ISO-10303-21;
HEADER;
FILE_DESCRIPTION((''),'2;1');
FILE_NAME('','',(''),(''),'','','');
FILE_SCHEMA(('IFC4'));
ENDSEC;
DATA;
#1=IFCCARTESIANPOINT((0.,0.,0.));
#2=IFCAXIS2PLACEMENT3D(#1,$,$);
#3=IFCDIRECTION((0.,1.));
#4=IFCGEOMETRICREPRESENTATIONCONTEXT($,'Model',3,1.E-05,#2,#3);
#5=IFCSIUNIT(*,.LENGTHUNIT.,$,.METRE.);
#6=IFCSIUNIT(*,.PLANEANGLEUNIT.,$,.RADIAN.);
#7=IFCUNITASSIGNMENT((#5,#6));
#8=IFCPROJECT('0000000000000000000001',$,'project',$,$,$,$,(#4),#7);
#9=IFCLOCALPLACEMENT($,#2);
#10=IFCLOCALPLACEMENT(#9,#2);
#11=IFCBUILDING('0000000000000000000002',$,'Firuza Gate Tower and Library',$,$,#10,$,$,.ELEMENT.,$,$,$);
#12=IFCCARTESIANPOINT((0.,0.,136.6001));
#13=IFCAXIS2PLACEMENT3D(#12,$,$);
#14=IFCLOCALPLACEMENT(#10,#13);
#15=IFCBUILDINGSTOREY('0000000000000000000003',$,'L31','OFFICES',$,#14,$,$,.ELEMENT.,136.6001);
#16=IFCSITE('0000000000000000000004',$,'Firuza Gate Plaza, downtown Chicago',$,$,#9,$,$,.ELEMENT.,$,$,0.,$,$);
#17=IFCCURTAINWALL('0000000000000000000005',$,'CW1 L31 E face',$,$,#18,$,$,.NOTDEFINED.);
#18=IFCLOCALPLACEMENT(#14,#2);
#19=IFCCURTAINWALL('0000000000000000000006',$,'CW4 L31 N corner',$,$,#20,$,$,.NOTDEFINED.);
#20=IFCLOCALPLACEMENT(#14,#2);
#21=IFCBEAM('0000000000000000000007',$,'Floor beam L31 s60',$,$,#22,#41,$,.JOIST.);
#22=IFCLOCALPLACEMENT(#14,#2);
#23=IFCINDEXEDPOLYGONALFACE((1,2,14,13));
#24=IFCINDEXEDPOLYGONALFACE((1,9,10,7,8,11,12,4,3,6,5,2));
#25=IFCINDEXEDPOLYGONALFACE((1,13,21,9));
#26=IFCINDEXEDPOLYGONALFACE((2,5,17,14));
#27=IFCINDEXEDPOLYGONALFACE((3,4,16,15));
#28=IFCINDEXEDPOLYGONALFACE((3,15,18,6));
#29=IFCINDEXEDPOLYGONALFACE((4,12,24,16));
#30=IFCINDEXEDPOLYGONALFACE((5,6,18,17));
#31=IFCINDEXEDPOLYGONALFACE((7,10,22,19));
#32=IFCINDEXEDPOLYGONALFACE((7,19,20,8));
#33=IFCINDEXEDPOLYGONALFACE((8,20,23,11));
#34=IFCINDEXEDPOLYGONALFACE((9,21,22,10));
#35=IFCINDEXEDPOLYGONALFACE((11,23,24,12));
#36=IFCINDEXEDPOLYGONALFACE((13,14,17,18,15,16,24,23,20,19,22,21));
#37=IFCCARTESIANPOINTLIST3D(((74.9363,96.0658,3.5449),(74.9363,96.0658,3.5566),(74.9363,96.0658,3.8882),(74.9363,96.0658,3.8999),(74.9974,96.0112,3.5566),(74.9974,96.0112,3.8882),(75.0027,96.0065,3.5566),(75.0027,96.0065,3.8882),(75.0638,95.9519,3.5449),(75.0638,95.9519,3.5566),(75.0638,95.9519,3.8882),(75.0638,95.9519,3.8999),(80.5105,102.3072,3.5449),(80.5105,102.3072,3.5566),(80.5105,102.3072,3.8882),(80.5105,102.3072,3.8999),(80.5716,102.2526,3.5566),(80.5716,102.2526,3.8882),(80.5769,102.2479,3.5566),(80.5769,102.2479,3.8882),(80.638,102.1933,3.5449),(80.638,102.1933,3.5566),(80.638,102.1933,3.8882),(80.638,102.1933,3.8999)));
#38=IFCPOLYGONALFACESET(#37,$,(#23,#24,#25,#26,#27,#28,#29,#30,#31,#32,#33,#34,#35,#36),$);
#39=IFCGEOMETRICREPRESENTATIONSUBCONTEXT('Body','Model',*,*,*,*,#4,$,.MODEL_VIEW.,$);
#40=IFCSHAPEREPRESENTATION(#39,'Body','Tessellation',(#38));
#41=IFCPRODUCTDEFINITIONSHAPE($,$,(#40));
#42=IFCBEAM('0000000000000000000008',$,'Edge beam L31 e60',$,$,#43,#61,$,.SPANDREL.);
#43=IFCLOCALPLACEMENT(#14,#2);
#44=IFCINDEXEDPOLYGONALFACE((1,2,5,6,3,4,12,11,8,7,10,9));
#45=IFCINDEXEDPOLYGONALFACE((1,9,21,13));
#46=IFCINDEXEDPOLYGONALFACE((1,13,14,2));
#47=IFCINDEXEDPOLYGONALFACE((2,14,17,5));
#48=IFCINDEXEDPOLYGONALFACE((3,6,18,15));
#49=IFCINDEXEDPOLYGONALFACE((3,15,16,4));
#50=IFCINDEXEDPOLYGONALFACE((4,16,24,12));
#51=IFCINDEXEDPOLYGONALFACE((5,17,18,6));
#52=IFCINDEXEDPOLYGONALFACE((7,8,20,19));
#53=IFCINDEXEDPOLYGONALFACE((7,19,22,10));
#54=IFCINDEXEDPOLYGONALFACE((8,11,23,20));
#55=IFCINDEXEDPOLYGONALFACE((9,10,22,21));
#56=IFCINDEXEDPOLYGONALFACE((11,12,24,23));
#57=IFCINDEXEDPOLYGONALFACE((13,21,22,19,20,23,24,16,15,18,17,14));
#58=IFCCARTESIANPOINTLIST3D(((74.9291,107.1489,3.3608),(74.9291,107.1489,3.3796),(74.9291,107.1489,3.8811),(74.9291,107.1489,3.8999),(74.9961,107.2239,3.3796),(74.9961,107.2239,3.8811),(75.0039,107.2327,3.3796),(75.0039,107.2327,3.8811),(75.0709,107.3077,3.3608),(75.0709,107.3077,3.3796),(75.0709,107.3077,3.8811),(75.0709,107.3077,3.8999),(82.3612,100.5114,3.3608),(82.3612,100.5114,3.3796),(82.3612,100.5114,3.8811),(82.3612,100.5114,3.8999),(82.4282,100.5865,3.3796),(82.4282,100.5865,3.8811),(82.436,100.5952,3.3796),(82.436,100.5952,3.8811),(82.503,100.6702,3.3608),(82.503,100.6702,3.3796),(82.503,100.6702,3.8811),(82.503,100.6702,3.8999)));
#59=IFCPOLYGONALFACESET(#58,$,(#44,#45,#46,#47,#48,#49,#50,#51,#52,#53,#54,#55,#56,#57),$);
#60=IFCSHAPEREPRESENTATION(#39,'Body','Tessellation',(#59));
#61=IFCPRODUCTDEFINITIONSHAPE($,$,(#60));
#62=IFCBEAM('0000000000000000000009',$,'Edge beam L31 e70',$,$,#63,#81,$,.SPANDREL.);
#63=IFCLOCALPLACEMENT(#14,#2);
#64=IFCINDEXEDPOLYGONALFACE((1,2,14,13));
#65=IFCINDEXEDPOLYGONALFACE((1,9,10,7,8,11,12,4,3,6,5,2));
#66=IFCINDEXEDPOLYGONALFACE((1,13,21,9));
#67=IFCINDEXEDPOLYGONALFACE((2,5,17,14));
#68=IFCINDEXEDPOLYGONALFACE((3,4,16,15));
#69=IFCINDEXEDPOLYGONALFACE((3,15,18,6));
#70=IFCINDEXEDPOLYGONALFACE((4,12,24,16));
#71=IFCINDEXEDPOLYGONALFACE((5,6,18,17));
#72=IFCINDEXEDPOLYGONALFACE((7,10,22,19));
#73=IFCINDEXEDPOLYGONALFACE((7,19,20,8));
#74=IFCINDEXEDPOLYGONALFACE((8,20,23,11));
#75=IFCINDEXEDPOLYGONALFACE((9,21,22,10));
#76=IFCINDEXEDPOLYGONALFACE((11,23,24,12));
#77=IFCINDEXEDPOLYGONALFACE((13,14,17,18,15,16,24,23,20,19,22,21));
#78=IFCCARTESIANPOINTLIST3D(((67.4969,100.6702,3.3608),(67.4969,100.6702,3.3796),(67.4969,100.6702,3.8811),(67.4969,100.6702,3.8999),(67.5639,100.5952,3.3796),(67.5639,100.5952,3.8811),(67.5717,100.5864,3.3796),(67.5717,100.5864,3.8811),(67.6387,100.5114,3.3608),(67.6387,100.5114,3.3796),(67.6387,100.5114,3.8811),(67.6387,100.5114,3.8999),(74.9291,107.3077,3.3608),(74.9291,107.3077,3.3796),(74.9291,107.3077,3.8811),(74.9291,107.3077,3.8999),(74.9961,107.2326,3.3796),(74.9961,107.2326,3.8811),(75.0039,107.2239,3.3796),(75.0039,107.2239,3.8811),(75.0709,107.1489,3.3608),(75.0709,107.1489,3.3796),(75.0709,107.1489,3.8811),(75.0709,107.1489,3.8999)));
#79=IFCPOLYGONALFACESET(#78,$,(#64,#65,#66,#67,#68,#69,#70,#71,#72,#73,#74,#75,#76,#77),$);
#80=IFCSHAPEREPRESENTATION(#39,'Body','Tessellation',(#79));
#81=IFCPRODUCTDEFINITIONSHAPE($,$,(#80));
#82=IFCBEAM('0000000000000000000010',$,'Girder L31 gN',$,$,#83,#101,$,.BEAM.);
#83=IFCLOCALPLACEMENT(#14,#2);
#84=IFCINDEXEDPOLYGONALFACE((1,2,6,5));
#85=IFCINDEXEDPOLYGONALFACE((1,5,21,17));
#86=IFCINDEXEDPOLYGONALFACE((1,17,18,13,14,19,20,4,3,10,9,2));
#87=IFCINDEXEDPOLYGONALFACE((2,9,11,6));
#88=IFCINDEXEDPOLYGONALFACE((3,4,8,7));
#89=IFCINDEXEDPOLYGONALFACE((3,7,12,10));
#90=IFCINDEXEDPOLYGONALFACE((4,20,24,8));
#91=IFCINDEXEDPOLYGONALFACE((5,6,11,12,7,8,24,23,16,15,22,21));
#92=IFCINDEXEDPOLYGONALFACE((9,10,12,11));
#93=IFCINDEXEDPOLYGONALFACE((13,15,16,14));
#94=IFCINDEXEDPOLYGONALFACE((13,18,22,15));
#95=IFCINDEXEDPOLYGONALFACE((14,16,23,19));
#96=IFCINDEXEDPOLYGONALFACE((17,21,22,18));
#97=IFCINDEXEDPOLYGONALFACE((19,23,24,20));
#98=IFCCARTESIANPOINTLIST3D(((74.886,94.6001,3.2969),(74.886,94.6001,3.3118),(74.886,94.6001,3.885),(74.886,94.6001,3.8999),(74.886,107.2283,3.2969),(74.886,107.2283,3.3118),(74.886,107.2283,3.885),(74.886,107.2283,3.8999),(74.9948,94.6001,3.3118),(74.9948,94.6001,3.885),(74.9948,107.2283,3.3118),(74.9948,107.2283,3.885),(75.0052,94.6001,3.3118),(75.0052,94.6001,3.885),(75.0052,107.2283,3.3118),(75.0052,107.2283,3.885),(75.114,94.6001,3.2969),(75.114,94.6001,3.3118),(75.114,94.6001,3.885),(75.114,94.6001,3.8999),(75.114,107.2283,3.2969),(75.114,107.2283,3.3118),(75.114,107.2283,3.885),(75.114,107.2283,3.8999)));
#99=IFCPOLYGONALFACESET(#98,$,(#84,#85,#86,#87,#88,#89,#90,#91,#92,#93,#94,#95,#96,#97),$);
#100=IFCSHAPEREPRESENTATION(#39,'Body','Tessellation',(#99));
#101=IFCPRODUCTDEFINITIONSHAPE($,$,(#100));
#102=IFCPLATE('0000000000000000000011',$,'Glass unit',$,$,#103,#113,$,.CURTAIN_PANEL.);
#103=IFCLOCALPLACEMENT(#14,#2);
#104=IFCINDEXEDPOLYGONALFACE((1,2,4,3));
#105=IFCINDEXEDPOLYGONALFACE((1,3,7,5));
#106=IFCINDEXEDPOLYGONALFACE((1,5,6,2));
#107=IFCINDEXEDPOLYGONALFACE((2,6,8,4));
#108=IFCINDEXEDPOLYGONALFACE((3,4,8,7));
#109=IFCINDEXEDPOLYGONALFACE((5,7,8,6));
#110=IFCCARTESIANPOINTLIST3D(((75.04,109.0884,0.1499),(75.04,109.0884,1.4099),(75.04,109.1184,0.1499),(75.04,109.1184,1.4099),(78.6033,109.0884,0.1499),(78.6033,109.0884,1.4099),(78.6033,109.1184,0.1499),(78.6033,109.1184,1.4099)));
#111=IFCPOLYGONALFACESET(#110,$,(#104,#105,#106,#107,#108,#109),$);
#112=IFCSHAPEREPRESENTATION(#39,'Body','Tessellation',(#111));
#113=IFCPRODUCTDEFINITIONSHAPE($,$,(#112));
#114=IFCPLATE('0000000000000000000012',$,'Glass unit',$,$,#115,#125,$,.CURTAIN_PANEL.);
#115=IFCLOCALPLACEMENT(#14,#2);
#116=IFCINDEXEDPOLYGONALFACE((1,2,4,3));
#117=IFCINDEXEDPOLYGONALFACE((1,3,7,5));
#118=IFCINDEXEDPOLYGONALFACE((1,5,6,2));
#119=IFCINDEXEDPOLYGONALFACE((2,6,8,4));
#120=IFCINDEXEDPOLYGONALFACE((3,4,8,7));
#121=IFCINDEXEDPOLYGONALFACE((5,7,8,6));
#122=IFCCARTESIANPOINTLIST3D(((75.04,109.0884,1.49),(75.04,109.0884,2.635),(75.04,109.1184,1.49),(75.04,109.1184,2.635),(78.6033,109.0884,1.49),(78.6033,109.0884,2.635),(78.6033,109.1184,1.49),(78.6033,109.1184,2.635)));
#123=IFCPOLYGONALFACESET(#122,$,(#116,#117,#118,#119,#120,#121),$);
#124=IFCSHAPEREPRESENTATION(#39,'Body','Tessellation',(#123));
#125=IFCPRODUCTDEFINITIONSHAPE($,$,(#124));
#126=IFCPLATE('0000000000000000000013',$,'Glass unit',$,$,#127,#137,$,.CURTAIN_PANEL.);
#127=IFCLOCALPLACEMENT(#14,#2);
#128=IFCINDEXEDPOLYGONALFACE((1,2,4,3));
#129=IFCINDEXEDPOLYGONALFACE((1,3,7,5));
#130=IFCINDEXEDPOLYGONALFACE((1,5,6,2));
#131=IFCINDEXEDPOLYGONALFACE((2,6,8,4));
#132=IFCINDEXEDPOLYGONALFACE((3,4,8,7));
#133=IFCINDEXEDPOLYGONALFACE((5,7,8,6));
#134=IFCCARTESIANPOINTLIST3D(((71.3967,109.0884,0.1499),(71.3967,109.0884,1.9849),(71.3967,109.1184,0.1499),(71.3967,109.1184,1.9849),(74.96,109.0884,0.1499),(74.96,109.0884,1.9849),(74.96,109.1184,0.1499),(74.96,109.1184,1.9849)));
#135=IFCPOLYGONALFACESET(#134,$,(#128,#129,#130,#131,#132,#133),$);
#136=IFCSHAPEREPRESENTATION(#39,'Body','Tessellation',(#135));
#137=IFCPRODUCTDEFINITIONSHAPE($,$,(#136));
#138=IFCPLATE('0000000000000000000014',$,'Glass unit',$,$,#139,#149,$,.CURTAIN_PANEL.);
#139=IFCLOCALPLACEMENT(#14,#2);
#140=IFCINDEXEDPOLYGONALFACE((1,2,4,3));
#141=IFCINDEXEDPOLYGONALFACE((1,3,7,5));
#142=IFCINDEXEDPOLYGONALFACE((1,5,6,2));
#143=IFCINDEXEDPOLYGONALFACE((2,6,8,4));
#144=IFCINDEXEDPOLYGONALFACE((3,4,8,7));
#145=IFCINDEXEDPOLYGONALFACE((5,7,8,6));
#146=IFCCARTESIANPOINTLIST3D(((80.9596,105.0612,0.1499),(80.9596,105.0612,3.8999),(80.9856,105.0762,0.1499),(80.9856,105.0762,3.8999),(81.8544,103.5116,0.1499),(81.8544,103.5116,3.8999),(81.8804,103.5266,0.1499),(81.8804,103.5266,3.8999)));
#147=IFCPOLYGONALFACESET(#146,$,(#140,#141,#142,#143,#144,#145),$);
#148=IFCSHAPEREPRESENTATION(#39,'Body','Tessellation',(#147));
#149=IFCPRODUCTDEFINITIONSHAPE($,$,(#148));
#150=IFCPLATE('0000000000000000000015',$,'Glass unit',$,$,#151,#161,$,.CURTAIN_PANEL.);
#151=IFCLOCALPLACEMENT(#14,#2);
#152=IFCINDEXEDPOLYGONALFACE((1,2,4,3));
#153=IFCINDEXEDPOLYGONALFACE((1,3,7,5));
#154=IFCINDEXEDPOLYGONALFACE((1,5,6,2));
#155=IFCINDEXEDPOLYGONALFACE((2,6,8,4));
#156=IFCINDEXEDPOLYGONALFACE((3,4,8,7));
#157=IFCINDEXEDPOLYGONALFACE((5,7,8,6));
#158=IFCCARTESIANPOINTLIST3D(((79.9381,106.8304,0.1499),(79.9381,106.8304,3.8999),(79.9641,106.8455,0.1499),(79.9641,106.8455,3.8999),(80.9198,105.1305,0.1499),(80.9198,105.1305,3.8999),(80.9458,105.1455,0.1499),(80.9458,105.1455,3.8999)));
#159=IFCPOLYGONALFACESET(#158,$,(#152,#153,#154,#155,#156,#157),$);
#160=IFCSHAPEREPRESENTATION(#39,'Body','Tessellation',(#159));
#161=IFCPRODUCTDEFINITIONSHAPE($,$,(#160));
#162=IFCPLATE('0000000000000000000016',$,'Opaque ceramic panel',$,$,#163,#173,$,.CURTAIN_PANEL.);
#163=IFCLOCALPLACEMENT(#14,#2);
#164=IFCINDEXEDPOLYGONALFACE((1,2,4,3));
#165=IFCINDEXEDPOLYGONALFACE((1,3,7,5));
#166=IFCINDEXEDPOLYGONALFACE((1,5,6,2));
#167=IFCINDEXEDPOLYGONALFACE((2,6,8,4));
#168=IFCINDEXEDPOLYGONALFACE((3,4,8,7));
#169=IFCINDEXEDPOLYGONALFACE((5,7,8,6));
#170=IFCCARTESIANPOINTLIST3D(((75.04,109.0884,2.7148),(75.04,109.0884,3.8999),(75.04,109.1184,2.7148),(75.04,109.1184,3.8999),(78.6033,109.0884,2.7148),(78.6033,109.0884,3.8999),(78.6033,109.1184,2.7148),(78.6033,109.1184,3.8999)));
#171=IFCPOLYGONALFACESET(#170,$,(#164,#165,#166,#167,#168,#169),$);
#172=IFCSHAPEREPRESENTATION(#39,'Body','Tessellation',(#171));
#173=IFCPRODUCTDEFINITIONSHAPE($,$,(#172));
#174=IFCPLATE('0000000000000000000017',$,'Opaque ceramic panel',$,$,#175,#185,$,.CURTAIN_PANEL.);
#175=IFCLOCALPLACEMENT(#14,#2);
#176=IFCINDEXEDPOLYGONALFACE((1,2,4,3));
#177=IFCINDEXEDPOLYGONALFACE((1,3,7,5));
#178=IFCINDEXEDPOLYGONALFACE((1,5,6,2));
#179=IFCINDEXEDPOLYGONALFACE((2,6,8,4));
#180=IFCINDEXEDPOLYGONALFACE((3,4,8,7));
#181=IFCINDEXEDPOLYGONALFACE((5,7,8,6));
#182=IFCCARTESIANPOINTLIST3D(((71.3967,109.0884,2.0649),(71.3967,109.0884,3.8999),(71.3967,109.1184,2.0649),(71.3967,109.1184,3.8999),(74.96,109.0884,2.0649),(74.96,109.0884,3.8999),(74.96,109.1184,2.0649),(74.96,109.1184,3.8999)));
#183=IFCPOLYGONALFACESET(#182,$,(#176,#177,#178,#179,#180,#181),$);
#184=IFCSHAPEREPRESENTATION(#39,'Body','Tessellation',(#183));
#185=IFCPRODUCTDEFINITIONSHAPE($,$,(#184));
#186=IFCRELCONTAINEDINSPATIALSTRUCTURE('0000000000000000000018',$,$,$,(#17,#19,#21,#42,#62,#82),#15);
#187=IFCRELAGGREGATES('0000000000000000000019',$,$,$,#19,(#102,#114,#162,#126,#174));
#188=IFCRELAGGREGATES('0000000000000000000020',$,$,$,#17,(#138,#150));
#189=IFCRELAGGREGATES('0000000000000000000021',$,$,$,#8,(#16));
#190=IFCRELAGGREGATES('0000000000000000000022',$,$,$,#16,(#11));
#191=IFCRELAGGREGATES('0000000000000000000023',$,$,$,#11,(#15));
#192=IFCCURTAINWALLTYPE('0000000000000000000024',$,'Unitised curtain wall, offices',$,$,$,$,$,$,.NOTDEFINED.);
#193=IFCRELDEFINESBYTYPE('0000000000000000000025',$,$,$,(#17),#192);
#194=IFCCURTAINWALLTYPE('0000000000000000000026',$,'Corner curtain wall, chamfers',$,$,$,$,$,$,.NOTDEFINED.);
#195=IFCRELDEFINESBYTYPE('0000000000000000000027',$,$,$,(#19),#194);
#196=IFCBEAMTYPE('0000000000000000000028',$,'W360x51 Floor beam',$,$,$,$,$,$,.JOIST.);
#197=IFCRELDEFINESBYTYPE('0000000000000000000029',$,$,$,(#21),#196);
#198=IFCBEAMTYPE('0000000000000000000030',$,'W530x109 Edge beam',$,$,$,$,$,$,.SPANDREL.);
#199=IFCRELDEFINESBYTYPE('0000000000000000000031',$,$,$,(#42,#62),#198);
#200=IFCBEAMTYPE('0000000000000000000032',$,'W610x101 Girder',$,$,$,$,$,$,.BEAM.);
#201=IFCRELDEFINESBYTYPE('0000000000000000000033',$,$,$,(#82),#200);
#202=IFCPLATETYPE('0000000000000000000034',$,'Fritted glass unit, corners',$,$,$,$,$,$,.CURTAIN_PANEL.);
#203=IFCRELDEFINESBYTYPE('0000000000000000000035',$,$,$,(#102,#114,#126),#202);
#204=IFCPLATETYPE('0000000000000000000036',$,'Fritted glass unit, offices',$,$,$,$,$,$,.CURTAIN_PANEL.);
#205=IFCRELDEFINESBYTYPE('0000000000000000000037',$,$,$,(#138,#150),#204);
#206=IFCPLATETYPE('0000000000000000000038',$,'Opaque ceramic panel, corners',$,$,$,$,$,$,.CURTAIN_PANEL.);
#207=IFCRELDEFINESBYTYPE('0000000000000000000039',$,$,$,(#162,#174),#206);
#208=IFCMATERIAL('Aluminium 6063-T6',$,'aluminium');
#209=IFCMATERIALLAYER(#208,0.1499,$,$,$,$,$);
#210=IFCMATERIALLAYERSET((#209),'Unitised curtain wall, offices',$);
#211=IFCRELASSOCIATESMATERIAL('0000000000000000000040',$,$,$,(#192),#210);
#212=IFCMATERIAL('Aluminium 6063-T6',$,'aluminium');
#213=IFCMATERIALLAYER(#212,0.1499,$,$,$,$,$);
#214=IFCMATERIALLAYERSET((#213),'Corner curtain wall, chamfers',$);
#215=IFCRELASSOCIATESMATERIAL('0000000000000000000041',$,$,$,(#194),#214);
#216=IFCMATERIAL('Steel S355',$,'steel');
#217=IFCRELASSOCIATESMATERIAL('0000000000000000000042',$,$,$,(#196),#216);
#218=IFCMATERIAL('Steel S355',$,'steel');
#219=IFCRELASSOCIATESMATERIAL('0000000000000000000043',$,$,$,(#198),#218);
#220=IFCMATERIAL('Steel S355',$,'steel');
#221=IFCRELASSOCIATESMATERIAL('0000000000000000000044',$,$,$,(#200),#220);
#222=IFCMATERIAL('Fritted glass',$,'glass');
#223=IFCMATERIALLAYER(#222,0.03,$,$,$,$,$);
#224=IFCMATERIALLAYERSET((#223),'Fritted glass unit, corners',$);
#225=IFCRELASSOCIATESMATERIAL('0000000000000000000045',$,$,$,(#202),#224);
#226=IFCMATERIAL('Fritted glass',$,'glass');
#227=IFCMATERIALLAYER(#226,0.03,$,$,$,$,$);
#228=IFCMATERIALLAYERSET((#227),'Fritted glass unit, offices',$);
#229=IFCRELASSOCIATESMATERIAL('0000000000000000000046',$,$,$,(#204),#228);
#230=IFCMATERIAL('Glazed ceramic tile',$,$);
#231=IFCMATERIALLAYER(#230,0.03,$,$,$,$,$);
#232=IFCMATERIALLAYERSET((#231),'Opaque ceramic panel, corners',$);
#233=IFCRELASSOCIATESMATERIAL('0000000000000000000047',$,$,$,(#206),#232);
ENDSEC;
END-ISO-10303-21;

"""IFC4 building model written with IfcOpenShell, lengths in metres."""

from ifc_helpers import new_model, si_unit, direction, frame, origin, origin_2d, place, context, subcontext, project, spatial, polyline, i_section, outline, extrude, material, layer, layer_set, material_profile, profile_set, type_object, element, aggregate, save


model = new_model("IFC4")

# Units and contexts
model_context = context("Model", 3, precision=1e-05, world=origin(), true_north=direction((0.0, 1.0)))
body_context = subcontext(model_context, "Body", "Model", "MODEL_VIEW")
ifc_project = project(units=[si_unit("LENGTHUNIT", "METRE"), si_unit("PLANEANGLEUNIT", "RADIAN")], contexts=[model_context])

# Site, building, storey
site_placement = place(None, origin())
site = spatial("IfcSite", under=ifc_project, at=site_placement, Name="Firuza Gate Plaza, downtown Chicago", CompositionType="ELEMENT", RefElevation=0.0)
building_placement = place(site_placement, origin())
building = spatial("IfcBuilding", under=site, at=building_placement, Name="Firuza Gate Tower and Library", CompositionType="ELEMENT")
storey_placement = place(building_placement, frame((0.0, 0.0, 136.6001)))
storey = spatial("IfcBuildingStorey", under=building, at=storey_placement, Name="L31", Description="OFFICES", CompositionType="ELEMENT", Elevation=136.6001)

# Curtain walls
ifc_material_1 = material(Name="Aluminium 6063-T6", Category="aluminium")
ifc_layer_1 = layer(ifc_material_1, 0.1499)
ifc_layer_set_1 = layer_set([ifc_layer_1], Name="Unitised curtain wall, offices")
curtain_wall_type_1 = type_object("IfcCurtainWallType", Name="Unitised curtain wall, offices", PredefinedType="NOTDEFINED", material=ifc_layer_set_1)
placement = place(storey_placement, origin())
curtain_wall_1 = element("IfcCurtainWall", 1, at=placement, inside=storey, type_object=curtain_wall_type_1, Name="CW1 L31 E face", PredefinedType="NOTDEFINED")
ifc_material_2 = material(Name="Aluminium 6063-T6", Category="aluminium")
ifc_layer_2 = layer(ifc_material_2, 0.1499)
ifc_layer_set_2 = layer_set([ifc_layer_2], Name="Corner curtain wall, chamfers")
curtain_wall_type_2 = type_object("IfcCurtainWallType", Name="Corner curtain wall, chamfers", PredefinedType="NOTDEFINED", material=ifc_layer_set_2)
curtain_wall_2 = element("IfcCurtainWall", 2, at=placement, inside=storey, type_object=curtain_wall_type_2, Name="CW4 L31 N corner", PredefinedType="NOTDEFINED")

# Beams
ifc_material_3 = material(Name="Steel S355", Category="steel")
ifc_material_profile_1 = material_profile(ifc_material_3, i_section(OverallWidth=0.1709, OverallDepth=0.355, WebThickness=0.0071, FlangeThickness=0.0117, at=origin_2d()))
ifc_profile_set_1 = profile_set([ifc_material_profile_1], Name="Steel S355")
beam_type_1 = type_object("IfcBeamType", Name="W360x51 Floor beam", PredefinedType="JOIST", material=ifc_profile_set_1)
beam_1_placement = place(storey_placement, frame((80.5742, 102.2502, 3.7224), z_axis=(-0.666115, -0.745849, 0.0), x_axis=(0.745849, -0.666115, 0.0)))
element("IfcBeam", 3, at=beam_1_placement, inside=storey, type_object=beam_type_1, Name="Floor beam L31 s60", PredefinedType="JOIST", context=body_context, shape_type="SweptSolid", body=[
    extrude(i_section(OverallWidth=0.1709, OverallDepth=0.355, WebThickness=0.0071, FlangeThickness=0.0117, at=origin_2d()), origin(), (0.0, 0.0, 1.0), 8.3682),
])
ifc_material_4 = material(Name="Steel S355", Category="steel")
ifc_material_profile_2 = material_profile(ifc_material_4, i_section(OverallWidth=0.2129, OverallDepth=0.5391, WebThickness=0.0117, FlangeThickness=0.0188, at=origin_2d()))
ifc_profile_set_2 = profile_set([ifc_material_profile_2], Name="Steel S355")
beam_type_2 = type_object("IfcBeamType", Name="W530x109 Edge beam", PredefinedType="SPANDREL", material=ifc_profile_set_2)
for number, where, z_axis, x_axis, name in (
    (4, (82.4321, 100.5908, 3.6304), (-0.745857, 0.666106, 0.0), (-0.666106, -0.745857, 0.0), "Edge beam L31 e60"),
    (5, (75.0, 107.2283, 3.6304), (-0.745857, -0.666106, 0.0), (0.666106, -0.745857, 0.0), "Edge beam L31 e70"),
):
    element("IfcBeam", number, at=place(storey_placement, frame(where, z_axis=z_axis, x_axis=x_axis)), inside=storey, type_object=beam_type_2, Name=name, PredefinedType="SPANDREL", context=body_context, shape_type="SweptSolid", body=[
        extrude(i_section(OverallWidth=0.2129, OverallDepth=0.5391, WebThickness=0.0117, FlangeThickness=0.0188, at=origin_2d()), origin(), (0.0, 0.0, 1.0), 9.9646),
    ])
ifc_material_5 = material(Name="Steel S355", Category="steel")
ifc_material_profile_3 = material_profile(ifc_material_5, i_section(OverallWidth=0.228, OverallDepth=0.603, WebThickness=0.0105, FlangeThickness=0.0149, at=origin_2d()))
ifc_profile_set_3 = profile_set([ifc_material_profile_3], Name="Steel S355")
beam_type_3 = type_object("IfcBeamType", Name="W610x101 Girder", PredefinedType="BEAM", material=ifc_profile_set_3)
beam_2_placement = place(storey_placement, frame((75.0, 107.2283, 3.5984), z_axis=(0.0, -1.0, 0.0), x_axis=(1.0, 0.0, 0.0)))
element("IfcBeam", 6, at=beam_2_placement, inside=storey, type_object=beam_type_3, Name="Girder L31 gN", PredefinedType="BEAM", context=body_context, shape_type="SweptSolid", body=[
    extrude(i_section(OverallWidth=0.228, OverallDepth=0.603, WebThickness=0.0105, FlangeThickness=0.0149, at=origin_2d()), origin(), (0.0, 0.0, 1.0), 12.6282),
])

# Plates
ifc_material_6 = material(Name="Fritted glass", Category="glass")
ifc_layer_3 = layer(ifc_material_6, 0.03)
ifc_layer_set_3 = layer_set([ifc_layer_3], Name="Fritted glass unit, corners")
plate_type_1 = type_object("IfcPlateType", Name="Fritted glass unit, corners", PredefinedType="CURTAIN_PANEL", material=ifc_layer_set_3)
plate_1_placement = place(storey_placement, frame((78.6033, 109.1184, 0.1499), z_axis=(0.0, 1.0, 0.0), x_axis=(-1.0, 0.0, 0.0)))
plate_1 = element("IfcPlate", 7, at=plate_1_placement, type_object=plate_type_1, Name="Glass unit", PredefinedType="CURTAIN_PANEL", context=body_context, shape_type="SweptSolid", body=[
    extrude(outline(polyline([(0.0, 0.0), (3.5632, 0.0), (3.5632, 1.26), (0.0, 1.26), (0.0, 0.0)])), origin(), (0.0, 0.0, -1.0), 0.03),
])
plate_2_placement = place(storey_placement, frame((78.6033, 109.1184, 1.49), z_axis=(0.0, 1.0, 0.0), x_axis=(-1.0, 0.0, 0.0)))
plate_2 = element("IfcPlate", 8, at=plate_2_placement, type_object=plate_type_1, Name="Glass unit", PredefinedType="CURTAIN_PANEL", context=body_context, shape_type="SweptSolid", body=[
    extrude(outline(polyline([(0.0, 0.0), (3.5632, 0.0), (3.5632, 1.145), (0.0, 1.145), (0.0, 0.0)])), origin(), (0.0, 0.0, -1.0), 0.03),
])
plate_3_placement = place(storey_placement, frame((74.96, 109.1184, 0.1499), z_axis=(0.0, 1.0, 0.0), x_axis=(-1.0, 0.0, 0.0)))
plate_3 = element("IfcPlate", 9, at=plate_3_placement, type_object=plate_type_1, Name="Glass unit", PredefinedType="CURTAIN_PANEL", context=body_context, shape_type="SweptSolid", body=[
    extrude(outline(polyline([(0.0, 0.0), (3.5632, 0.0), (3.5632, 1.835), (0.0, 1.835), (0.0, 0.0)])), origin(), (0.0, 0.0, -1.0), 0.03),
])
ifc_material_7 = material(Name="Fritted glass", Category="glass")
ifc_layer_4 = layer(ifc_material_7, 0.03)
ifc_layer_set_4 = layer_set([ifc_layer_4], Name="Fritted glass unit, offices")
plate_type_2 = type_object("IfcPlateType", Name="Fritted glass unit, offices", PredefinedType="CURTAIN_PANEL", material=ifc_layer_set_4)
plate_4_placement = place(storey_placement, frame((81.8804, 103.5266, 0.1499), z_axis=(0.865992, 0.500057, 0.0), x_axis=(-0.500057, 0.865992, 0.0)))
plate_4 = element("IfcPlate", 10, at=plate_4_placement, type_object=plate_type_2, Name="Glass unit", PredefinedType="CURTAIN_PANEL", context=body_context, shape_type="SweptSolid", body=[
    extrude(outline(polyline([(0.0, 0.0), (1.7893, 0.0), (1.7893, 3.75), (0.0, 3.75), (0.0, 0.0)])), origin(), (0.0, 0.0, -1.0), 0.03),
])
plate_5_placement = place(storey_placement, frame((80.9458, 105.1455, 0.1499), z_axis=(0.865976, 0.500085, 0.0), x_axis=(-0.500085, 0.865976, 0.0)))
plate_5 = element("IfcPlate", 11, at=plate_5_placement, type_object=plate_type_2, Name="Glass unit", PredefinedType="CURTAIN_PANEL", context=body_context, shape_type="SweptSolid", body=[
    extrude(outline(polyline([(0.0, 0.0), (1.963, 0.0), (1.963, 3.75), (0.0, 3.75), (0.0, 0.0)])), origin(), (0.0, 0.0, -1.0), 0.03),
])
ifc_material_8 = material(Name="Glazed ceramic tile")
ifc_layer_5 = layer(ifc_material_8, 0.03)
ifc_layer_set_5 = layer_set([ifc_layer_5], Name="Opaque ceramic panel, corners")
plate_type_3 = type_object("IfcPlateType", Name="Opaque ceramic panel, corners", PredefinedType="CURTAIN_PANEL", material=ifc_layer_set_5)
plate_6_placement = place(storey_placement, frame((78.6033, 109.1184, 2.7148), z_axis=(0.0, 1.0, 0.0), x_axis=(-1.0, 0.0, 0.0)))
plate_6 = element("IfcPlate", 12, at=plate_6_placement, type_object=plate_type_3, Name="Opaque ceramic panel", PredefinedType="CURTAIN_PANEL", context=body_context, shape_type="SweptSolid", body=[
    extrude(outline(polyline([(0.0, 0.0), (3.5632, 0.0), (3.5632, 1.1851), (0.0, 1.1851), (0.0, 0.0)])), origin(), (0.0, 0.0, -1.0), 0.03),
])
plate_7_placement = place(storey_placement, frame((74.96, 109.1184, 2.0649), z_axis=(0.0, 1.0, 0.0), x_axis=(-1.0, 0.0, 0.0)))
plate_7 = element("IfcPlate", 13, at=plate_7_placement, type_object=plate_type_3, Name="Opaque ceramic panel", PredefinedType="CURTAIN_PANEL", context=body_context, shape_type="SweptSolid", body=[
    extrude(outline(polyline([(0.0, 0.0), (3.5632, 0.0), (3.5632, 1.835), (0.0, 1.835), (0.0, 0.0)])), origin(), (0.0, 0.0, -1.0), 0.03),
])
aggregate(curtain_wall_2, [plate_1, plate_2, plate_6, plate_3, plate_7])
aggregate(curtain_wall_1, [plate_4, plate_5])

save(model, "model.ifc")
